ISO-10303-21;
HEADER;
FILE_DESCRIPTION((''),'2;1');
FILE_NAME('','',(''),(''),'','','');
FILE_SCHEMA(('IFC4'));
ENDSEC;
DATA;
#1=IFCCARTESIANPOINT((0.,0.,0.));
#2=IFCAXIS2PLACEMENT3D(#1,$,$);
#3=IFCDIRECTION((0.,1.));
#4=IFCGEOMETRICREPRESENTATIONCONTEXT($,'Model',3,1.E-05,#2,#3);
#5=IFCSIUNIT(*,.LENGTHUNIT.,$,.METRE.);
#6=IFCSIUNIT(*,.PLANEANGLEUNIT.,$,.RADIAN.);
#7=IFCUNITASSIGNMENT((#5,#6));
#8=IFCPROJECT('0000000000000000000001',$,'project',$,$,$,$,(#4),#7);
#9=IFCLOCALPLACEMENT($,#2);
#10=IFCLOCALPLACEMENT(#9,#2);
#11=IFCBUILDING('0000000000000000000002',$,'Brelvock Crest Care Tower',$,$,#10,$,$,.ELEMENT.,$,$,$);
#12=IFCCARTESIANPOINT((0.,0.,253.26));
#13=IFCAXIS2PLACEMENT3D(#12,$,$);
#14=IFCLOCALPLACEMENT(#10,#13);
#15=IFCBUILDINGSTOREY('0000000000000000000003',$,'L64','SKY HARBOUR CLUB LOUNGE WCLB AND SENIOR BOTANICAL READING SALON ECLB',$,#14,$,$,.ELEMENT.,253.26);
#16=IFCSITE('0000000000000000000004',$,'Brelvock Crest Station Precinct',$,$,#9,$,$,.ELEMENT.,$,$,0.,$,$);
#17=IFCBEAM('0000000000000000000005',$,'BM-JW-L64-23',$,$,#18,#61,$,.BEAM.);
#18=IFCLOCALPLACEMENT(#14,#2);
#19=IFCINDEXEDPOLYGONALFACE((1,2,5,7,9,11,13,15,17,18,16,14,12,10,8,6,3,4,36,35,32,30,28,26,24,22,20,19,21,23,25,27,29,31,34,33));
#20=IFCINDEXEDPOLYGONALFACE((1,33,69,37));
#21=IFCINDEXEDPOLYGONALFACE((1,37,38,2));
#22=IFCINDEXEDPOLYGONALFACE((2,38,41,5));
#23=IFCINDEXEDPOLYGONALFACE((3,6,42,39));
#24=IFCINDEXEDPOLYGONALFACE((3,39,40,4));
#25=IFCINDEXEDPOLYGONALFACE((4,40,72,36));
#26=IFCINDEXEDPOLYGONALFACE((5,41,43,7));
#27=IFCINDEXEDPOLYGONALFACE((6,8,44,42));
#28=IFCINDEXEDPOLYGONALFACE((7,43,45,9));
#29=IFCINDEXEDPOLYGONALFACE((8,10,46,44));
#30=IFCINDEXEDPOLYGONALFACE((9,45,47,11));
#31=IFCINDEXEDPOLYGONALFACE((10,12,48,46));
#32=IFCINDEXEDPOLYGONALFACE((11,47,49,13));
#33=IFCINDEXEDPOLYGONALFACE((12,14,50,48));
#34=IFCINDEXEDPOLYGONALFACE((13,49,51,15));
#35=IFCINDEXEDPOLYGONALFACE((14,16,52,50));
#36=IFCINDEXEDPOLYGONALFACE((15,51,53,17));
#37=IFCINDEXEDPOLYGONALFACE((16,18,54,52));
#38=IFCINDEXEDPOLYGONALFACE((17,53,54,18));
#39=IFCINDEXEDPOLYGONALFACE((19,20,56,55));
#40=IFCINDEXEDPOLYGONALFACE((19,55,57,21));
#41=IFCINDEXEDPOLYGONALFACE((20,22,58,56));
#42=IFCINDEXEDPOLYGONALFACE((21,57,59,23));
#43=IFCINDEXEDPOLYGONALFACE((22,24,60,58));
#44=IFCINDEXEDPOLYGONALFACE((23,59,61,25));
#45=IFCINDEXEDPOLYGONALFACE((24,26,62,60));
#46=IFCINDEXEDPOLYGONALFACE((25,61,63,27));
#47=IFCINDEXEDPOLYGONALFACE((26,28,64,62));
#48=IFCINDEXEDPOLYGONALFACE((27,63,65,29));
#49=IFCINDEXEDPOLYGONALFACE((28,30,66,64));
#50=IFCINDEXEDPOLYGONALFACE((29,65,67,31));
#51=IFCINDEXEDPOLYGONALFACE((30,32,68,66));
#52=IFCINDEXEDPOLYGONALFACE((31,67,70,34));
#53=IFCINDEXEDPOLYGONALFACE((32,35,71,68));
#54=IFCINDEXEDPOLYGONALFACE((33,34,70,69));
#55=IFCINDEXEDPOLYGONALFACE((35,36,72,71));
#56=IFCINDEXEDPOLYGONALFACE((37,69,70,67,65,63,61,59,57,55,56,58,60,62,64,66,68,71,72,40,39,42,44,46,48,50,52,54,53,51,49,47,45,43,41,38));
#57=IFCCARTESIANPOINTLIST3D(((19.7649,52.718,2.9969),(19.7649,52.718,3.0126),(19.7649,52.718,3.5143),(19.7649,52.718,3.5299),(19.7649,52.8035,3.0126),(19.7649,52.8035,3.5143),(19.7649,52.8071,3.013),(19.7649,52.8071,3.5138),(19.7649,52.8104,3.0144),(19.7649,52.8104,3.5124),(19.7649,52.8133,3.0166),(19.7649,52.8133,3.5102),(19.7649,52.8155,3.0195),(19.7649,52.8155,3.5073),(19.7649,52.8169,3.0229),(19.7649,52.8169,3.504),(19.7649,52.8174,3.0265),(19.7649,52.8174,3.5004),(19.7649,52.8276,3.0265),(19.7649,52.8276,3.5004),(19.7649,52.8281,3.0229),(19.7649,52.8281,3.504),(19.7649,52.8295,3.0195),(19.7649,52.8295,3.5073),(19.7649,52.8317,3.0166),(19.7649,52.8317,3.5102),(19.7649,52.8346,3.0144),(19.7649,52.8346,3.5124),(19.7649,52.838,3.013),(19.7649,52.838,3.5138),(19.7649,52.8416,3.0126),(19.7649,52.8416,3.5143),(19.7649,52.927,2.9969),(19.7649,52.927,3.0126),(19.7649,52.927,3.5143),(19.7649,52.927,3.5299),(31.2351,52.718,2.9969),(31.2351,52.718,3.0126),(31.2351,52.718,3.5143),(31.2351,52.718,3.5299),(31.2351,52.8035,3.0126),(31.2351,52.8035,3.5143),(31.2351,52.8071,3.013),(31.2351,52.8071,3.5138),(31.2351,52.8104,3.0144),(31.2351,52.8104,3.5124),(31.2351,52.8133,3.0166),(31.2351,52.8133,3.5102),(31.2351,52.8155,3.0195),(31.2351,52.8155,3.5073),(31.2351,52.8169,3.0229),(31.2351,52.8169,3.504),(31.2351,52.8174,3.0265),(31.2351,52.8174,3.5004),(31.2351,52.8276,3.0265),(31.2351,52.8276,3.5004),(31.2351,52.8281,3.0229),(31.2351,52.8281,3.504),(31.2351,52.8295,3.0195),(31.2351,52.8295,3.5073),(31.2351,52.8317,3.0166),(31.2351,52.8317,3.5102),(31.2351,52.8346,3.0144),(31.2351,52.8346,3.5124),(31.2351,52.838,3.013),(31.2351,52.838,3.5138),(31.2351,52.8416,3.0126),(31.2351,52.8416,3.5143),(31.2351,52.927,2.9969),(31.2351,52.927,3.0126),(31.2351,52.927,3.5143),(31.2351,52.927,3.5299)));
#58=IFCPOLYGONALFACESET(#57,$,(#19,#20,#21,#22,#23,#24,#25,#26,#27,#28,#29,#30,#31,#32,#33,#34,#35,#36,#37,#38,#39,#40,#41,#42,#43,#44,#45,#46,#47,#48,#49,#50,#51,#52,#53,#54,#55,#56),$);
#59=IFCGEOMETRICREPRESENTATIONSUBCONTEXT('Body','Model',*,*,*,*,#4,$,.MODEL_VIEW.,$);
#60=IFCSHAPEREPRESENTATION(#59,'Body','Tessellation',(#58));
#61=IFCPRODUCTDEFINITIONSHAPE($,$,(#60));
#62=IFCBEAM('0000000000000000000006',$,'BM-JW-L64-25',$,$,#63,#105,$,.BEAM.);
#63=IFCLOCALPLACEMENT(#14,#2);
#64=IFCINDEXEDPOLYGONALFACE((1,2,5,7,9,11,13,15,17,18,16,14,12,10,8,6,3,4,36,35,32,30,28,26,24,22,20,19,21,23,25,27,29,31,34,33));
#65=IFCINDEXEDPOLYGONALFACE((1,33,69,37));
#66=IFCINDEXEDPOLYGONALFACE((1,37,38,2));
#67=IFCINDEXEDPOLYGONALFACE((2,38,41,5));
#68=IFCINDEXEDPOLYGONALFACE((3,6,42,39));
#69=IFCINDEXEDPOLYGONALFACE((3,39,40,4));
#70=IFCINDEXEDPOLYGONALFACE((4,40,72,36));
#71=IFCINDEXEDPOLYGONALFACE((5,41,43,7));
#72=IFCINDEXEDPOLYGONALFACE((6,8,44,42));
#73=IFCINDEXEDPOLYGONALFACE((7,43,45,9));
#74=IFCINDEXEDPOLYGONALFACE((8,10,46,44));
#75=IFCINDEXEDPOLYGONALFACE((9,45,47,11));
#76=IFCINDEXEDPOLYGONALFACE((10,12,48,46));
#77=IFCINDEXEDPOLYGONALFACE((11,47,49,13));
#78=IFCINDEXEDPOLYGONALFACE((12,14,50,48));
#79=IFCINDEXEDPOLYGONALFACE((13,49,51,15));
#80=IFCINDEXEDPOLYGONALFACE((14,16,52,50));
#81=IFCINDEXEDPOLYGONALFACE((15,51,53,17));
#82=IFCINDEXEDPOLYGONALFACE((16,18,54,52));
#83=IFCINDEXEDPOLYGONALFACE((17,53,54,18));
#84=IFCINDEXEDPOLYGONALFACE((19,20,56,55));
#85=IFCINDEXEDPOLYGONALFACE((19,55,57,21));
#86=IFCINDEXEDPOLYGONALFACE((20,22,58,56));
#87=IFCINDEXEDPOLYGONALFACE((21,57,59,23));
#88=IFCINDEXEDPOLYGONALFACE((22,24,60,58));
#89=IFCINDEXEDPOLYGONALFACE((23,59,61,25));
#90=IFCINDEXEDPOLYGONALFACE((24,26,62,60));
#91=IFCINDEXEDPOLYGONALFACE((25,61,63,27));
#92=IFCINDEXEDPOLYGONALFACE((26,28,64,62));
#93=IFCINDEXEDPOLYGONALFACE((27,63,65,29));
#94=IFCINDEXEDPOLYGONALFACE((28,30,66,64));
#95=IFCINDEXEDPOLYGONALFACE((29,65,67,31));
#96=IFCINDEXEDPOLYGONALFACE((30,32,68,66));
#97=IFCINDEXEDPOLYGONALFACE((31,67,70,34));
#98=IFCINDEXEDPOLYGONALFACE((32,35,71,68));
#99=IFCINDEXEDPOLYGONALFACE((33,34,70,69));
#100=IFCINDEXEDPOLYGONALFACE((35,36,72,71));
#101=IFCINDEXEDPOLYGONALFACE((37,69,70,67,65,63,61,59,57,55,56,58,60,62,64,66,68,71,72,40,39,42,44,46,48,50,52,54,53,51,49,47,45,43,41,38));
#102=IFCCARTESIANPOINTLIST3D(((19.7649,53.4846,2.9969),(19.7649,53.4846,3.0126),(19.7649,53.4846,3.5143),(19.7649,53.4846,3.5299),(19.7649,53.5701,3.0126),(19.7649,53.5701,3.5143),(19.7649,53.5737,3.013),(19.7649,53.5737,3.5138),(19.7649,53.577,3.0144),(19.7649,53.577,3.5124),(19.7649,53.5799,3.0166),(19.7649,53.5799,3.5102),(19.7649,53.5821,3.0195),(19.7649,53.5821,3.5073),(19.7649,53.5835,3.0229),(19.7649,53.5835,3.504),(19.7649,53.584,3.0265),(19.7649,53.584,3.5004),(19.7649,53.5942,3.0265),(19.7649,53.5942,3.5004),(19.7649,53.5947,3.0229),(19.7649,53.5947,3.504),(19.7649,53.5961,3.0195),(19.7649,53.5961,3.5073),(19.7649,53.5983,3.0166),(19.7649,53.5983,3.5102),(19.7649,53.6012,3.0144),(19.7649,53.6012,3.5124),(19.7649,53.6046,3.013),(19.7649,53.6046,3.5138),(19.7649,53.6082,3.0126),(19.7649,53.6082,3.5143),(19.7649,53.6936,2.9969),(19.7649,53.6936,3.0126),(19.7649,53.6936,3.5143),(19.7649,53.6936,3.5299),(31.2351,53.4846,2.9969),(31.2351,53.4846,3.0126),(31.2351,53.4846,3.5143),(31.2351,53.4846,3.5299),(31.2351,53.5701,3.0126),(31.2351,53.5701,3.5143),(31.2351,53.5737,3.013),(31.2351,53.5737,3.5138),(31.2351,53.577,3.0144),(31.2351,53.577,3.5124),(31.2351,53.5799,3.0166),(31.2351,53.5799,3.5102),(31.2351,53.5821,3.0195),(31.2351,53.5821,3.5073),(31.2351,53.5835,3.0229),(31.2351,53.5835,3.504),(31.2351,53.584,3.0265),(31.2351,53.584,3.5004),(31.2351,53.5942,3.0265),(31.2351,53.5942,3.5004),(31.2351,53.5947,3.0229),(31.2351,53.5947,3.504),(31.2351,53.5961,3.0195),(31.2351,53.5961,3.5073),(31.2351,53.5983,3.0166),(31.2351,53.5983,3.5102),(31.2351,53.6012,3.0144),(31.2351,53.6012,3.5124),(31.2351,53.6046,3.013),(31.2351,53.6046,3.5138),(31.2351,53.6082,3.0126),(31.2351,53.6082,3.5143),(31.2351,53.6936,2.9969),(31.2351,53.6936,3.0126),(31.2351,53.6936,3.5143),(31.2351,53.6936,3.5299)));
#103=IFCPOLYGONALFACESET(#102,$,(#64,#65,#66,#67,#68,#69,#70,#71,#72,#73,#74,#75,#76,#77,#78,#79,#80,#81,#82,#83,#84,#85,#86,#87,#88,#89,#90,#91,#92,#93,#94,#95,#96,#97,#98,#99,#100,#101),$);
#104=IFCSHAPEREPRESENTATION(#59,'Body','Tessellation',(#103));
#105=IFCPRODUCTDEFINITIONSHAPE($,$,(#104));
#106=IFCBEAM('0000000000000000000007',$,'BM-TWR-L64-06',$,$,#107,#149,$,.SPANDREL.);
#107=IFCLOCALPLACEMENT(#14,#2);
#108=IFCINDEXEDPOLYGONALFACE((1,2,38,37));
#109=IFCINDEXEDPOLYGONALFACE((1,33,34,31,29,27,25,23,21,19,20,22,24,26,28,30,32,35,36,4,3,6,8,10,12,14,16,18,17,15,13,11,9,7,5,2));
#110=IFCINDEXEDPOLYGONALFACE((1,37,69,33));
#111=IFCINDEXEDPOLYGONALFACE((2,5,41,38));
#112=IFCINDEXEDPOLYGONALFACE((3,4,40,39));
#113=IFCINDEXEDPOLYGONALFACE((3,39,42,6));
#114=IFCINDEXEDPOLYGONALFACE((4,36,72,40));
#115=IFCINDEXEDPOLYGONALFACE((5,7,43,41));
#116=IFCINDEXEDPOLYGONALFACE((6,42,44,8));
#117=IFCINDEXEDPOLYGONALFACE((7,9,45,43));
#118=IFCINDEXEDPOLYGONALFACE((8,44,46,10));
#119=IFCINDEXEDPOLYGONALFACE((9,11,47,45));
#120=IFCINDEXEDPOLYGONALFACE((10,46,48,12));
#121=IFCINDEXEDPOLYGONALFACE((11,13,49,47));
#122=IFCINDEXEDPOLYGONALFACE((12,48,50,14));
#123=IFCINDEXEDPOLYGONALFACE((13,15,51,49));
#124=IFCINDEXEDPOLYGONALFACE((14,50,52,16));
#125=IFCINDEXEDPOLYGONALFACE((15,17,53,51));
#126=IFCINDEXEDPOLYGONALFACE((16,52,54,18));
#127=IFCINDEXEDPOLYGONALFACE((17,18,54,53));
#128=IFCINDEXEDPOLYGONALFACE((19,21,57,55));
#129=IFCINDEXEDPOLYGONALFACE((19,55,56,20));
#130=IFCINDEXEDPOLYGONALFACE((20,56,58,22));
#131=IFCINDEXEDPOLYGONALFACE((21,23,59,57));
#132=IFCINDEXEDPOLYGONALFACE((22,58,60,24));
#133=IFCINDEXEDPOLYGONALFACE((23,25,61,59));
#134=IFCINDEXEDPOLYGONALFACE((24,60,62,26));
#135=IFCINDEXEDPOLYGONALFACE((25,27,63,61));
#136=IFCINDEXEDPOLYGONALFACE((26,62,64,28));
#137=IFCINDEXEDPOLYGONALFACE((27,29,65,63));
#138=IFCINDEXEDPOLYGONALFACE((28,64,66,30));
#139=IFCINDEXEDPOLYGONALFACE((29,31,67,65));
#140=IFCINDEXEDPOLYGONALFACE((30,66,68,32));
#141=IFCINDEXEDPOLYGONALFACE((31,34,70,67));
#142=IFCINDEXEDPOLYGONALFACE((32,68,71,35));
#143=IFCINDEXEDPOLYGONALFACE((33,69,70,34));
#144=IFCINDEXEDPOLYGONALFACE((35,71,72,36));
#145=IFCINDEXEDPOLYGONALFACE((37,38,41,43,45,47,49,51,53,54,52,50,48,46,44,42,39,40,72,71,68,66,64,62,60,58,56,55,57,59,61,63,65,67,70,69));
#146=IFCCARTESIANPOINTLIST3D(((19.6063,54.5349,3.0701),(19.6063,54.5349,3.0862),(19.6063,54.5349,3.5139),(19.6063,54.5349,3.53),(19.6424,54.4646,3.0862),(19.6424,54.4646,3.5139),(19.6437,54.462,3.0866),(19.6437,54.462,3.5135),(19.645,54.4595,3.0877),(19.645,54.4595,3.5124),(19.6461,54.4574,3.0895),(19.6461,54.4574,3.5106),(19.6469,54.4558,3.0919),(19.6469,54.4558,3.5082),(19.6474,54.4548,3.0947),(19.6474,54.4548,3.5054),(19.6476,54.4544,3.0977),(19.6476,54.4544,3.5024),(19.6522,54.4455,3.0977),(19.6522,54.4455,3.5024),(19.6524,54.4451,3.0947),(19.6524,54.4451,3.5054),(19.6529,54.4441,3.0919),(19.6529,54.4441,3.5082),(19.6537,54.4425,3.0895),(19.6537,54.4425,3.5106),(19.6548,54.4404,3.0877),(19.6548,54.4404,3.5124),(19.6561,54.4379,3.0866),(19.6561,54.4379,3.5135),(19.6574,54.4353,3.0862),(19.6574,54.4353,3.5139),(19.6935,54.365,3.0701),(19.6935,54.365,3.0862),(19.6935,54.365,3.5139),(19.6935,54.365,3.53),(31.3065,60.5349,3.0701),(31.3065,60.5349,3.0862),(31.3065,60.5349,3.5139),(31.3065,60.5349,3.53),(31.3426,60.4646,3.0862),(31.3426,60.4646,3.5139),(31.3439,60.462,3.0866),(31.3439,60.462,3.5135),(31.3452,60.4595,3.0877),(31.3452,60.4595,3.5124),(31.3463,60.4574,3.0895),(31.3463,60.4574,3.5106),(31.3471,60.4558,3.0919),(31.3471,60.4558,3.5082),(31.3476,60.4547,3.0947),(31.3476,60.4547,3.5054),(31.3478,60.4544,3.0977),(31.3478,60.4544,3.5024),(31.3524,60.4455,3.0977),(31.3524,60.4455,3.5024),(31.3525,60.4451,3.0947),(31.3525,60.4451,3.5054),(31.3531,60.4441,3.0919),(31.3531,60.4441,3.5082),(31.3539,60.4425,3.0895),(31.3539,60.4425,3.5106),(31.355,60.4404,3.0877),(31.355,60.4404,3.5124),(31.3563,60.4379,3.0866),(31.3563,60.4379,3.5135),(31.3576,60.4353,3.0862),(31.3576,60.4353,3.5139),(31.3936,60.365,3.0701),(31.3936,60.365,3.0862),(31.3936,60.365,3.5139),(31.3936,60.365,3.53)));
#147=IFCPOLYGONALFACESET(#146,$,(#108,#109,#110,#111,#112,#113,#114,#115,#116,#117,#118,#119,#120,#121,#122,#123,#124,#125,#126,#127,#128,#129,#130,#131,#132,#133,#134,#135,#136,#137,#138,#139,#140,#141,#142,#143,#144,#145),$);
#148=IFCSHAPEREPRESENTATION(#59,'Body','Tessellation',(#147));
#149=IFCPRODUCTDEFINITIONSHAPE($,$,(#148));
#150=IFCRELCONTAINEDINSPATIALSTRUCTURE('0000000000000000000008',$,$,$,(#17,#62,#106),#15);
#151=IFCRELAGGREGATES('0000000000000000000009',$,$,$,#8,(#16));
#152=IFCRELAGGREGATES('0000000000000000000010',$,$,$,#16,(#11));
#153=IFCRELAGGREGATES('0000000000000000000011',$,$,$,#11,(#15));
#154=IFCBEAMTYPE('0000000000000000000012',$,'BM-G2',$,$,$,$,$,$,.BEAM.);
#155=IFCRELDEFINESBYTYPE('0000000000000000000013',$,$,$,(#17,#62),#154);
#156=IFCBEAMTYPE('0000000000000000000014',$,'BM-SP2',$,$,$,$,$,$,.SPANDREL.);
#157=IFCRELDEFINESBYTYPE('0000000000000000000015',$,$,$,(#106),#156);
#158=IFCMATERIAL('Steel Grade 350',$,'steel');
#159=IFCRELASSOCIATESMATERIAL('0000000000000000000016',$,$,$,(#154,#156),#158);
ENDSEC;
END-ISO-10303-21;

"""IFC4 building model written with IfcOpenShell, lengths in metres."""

from ifc_helpers import new_model, si_unit, direction, frame, origin, origin_2d, place, context, subcontext, project, spatial, i_section, extrude, source, transform, mapped, material, material_profile, profile_set, type_object, element, save


model = new_model("IFC4")

# Units and contexts
model_context = context("Model", 3, precision=1e-05, world=origin(), true_north=direction((0.0, 1.0)))
body_context = subcontext(model_context, "Body", "Model", "MODEL_VIEW")
ifc_project = project(units=[si_unit("LENGTHUNIT", "METRE"), si_unit("PLANEANGLEUNIT", "RADIAN")], contexts=[model_context])

# Site, building, storey
site_placement = place(None, origin())
site = spatial("IfcSite", under=ifc_project, at=site_placement, Name="Brelvock Crest Station Precinct", CompositionType="ELEMENT", RefElevation=0.0)
building_placement = place(site_placement, origin())
building = spatial("IfcBuilding", under=site, at=building_placement, Name="Brelvock Crest Care Tower", CompositionType="ELEMENT")
storey_placement = place(building_placement, frame((0.0, 0.0, 253.26)))
storey = spatial("IfcBuildingStorey", under=building, at=storey_placement, Name="L64", Description="SKY HARBOUR CLUB LOUNGE WCLB AND SENIOR BOTANICAL READING SALON ECLB", CompositionType="ELEMENT", Elevation=253.26)

# Shared definitions
ifc_material_1 = material(Name="Steel Grade 350", Category="steel")

# Beams
ifc_material_profile_1 = material_profile(ifc_material_1, i_section(OverallWidth=0.209, OverallDepth=0.533, WebThickness=0.0103, FlangeThickness=0.0156, FilletRadius=0.0139, at=origin_2d()), Name="530UB92.4")
ifc_profile_set_1 = profile_set([ifc_material_profile_1], Name="Steel Grade 350")
beam_type_1 = type_object("IfcBeamType", Name="BM-G2", PredefinedType="BEAM", material=ifc_profile_set_1)
shared_shape_1 = source(origin(), body_context, "Body", "SweptSolid", [
    extrude(i_section(OverallWidth=0.209, OverallDepth=0.533, WebThickness=0.0103, FlangeThickness=0.0156, FilletRadius=0.0139, at=origin_2d()), origin(), (0.0, 0.0, 1.0), 11.4702),
])
for number, where, z_axis, x_axis, name in (
    (1, (19.7649, 52.8225, 3.2634), (1.0, 0.0, 0.0), (0.0, 1.0, 0.0), "BM-JW-L64-23"),
    (2, (19.7649, 53.5891, 3.2634), (1.0, 0.0, 0.0), (0.0, 1.0, 0.0), "BM-JW-L64-25"),
):
    element("IfcBeam", number, at=place(storey_placement, frame(where, z_axis=z_axis, x_axis=x_axis)), inside=storey, type_object=beam_type_1, Name=name, PredefinedType="BEAM", context=body_context, shape_type="MappedRepresentation", body=[
        mapped(shared_shape_1, transform((0.0, 0.0, 0.0), x_axis=(1.0, 0.0, 0.0), y_axis=(0.0, 1.0, 0.0), z_axis=(0.0, 0.0, 1.0), scale=1.0)),
    ])
ifc_material_profile_2 = material_profile(ifc_material_1, i_section(OverallWidth=0.1909, OverallDepth=0.46, WebThickness=0.01, FlangeThickness=0.0161, FilletRadius=0.0115, at=origin_2d()), Name="460UB82.1")
ifc_profile_set_2 = profile_set([ifc_material_profile_2], Name="Steel Grade 350")
beam_type_2 = type_object("IfcBeamType", Name="BM-SP2", PredefinedType="SPANDREL", material=ifc_profile_set_2)
shared_shape_2 = source(origin(), body_context, "Body", "SweptSolid", [
    extrude(i_section(OverallWidth=0.1909, OverallDepth=0.46, WebThickness=0.01, FlangeThickness=0.0161, FilletRadius=0.0115, at=origin_2d()), origin(), (0.0, 0.0, 1.0), 13.1489),
])
beam_1_placement = place(storey_placement, frame((19.6499, 54.45, 3.3), z_axis=(0.889821, 0.456311, 0.0), x_axis=(-0.456311, 0.889821, 0.0)))
element("IfcBeam", 3, at=beam_1_placement, inside=storey, type_object=beam_type_2, Name="BM-TWR-L64-06", PredefinedType="SPANDREL", context=body_context, shape_type="MappedRepresentation", body=[
    mapped(shared_shape_2, transform((0.0, 0.0, 0.0), x_axis=(1.0, 0.0, 0.0), y_axis=(0.0, 1.0, 0.0), z_axis=(0.0, 0.0, 1.0), scale=1.0)),
])

save(model, "model.ifc")
